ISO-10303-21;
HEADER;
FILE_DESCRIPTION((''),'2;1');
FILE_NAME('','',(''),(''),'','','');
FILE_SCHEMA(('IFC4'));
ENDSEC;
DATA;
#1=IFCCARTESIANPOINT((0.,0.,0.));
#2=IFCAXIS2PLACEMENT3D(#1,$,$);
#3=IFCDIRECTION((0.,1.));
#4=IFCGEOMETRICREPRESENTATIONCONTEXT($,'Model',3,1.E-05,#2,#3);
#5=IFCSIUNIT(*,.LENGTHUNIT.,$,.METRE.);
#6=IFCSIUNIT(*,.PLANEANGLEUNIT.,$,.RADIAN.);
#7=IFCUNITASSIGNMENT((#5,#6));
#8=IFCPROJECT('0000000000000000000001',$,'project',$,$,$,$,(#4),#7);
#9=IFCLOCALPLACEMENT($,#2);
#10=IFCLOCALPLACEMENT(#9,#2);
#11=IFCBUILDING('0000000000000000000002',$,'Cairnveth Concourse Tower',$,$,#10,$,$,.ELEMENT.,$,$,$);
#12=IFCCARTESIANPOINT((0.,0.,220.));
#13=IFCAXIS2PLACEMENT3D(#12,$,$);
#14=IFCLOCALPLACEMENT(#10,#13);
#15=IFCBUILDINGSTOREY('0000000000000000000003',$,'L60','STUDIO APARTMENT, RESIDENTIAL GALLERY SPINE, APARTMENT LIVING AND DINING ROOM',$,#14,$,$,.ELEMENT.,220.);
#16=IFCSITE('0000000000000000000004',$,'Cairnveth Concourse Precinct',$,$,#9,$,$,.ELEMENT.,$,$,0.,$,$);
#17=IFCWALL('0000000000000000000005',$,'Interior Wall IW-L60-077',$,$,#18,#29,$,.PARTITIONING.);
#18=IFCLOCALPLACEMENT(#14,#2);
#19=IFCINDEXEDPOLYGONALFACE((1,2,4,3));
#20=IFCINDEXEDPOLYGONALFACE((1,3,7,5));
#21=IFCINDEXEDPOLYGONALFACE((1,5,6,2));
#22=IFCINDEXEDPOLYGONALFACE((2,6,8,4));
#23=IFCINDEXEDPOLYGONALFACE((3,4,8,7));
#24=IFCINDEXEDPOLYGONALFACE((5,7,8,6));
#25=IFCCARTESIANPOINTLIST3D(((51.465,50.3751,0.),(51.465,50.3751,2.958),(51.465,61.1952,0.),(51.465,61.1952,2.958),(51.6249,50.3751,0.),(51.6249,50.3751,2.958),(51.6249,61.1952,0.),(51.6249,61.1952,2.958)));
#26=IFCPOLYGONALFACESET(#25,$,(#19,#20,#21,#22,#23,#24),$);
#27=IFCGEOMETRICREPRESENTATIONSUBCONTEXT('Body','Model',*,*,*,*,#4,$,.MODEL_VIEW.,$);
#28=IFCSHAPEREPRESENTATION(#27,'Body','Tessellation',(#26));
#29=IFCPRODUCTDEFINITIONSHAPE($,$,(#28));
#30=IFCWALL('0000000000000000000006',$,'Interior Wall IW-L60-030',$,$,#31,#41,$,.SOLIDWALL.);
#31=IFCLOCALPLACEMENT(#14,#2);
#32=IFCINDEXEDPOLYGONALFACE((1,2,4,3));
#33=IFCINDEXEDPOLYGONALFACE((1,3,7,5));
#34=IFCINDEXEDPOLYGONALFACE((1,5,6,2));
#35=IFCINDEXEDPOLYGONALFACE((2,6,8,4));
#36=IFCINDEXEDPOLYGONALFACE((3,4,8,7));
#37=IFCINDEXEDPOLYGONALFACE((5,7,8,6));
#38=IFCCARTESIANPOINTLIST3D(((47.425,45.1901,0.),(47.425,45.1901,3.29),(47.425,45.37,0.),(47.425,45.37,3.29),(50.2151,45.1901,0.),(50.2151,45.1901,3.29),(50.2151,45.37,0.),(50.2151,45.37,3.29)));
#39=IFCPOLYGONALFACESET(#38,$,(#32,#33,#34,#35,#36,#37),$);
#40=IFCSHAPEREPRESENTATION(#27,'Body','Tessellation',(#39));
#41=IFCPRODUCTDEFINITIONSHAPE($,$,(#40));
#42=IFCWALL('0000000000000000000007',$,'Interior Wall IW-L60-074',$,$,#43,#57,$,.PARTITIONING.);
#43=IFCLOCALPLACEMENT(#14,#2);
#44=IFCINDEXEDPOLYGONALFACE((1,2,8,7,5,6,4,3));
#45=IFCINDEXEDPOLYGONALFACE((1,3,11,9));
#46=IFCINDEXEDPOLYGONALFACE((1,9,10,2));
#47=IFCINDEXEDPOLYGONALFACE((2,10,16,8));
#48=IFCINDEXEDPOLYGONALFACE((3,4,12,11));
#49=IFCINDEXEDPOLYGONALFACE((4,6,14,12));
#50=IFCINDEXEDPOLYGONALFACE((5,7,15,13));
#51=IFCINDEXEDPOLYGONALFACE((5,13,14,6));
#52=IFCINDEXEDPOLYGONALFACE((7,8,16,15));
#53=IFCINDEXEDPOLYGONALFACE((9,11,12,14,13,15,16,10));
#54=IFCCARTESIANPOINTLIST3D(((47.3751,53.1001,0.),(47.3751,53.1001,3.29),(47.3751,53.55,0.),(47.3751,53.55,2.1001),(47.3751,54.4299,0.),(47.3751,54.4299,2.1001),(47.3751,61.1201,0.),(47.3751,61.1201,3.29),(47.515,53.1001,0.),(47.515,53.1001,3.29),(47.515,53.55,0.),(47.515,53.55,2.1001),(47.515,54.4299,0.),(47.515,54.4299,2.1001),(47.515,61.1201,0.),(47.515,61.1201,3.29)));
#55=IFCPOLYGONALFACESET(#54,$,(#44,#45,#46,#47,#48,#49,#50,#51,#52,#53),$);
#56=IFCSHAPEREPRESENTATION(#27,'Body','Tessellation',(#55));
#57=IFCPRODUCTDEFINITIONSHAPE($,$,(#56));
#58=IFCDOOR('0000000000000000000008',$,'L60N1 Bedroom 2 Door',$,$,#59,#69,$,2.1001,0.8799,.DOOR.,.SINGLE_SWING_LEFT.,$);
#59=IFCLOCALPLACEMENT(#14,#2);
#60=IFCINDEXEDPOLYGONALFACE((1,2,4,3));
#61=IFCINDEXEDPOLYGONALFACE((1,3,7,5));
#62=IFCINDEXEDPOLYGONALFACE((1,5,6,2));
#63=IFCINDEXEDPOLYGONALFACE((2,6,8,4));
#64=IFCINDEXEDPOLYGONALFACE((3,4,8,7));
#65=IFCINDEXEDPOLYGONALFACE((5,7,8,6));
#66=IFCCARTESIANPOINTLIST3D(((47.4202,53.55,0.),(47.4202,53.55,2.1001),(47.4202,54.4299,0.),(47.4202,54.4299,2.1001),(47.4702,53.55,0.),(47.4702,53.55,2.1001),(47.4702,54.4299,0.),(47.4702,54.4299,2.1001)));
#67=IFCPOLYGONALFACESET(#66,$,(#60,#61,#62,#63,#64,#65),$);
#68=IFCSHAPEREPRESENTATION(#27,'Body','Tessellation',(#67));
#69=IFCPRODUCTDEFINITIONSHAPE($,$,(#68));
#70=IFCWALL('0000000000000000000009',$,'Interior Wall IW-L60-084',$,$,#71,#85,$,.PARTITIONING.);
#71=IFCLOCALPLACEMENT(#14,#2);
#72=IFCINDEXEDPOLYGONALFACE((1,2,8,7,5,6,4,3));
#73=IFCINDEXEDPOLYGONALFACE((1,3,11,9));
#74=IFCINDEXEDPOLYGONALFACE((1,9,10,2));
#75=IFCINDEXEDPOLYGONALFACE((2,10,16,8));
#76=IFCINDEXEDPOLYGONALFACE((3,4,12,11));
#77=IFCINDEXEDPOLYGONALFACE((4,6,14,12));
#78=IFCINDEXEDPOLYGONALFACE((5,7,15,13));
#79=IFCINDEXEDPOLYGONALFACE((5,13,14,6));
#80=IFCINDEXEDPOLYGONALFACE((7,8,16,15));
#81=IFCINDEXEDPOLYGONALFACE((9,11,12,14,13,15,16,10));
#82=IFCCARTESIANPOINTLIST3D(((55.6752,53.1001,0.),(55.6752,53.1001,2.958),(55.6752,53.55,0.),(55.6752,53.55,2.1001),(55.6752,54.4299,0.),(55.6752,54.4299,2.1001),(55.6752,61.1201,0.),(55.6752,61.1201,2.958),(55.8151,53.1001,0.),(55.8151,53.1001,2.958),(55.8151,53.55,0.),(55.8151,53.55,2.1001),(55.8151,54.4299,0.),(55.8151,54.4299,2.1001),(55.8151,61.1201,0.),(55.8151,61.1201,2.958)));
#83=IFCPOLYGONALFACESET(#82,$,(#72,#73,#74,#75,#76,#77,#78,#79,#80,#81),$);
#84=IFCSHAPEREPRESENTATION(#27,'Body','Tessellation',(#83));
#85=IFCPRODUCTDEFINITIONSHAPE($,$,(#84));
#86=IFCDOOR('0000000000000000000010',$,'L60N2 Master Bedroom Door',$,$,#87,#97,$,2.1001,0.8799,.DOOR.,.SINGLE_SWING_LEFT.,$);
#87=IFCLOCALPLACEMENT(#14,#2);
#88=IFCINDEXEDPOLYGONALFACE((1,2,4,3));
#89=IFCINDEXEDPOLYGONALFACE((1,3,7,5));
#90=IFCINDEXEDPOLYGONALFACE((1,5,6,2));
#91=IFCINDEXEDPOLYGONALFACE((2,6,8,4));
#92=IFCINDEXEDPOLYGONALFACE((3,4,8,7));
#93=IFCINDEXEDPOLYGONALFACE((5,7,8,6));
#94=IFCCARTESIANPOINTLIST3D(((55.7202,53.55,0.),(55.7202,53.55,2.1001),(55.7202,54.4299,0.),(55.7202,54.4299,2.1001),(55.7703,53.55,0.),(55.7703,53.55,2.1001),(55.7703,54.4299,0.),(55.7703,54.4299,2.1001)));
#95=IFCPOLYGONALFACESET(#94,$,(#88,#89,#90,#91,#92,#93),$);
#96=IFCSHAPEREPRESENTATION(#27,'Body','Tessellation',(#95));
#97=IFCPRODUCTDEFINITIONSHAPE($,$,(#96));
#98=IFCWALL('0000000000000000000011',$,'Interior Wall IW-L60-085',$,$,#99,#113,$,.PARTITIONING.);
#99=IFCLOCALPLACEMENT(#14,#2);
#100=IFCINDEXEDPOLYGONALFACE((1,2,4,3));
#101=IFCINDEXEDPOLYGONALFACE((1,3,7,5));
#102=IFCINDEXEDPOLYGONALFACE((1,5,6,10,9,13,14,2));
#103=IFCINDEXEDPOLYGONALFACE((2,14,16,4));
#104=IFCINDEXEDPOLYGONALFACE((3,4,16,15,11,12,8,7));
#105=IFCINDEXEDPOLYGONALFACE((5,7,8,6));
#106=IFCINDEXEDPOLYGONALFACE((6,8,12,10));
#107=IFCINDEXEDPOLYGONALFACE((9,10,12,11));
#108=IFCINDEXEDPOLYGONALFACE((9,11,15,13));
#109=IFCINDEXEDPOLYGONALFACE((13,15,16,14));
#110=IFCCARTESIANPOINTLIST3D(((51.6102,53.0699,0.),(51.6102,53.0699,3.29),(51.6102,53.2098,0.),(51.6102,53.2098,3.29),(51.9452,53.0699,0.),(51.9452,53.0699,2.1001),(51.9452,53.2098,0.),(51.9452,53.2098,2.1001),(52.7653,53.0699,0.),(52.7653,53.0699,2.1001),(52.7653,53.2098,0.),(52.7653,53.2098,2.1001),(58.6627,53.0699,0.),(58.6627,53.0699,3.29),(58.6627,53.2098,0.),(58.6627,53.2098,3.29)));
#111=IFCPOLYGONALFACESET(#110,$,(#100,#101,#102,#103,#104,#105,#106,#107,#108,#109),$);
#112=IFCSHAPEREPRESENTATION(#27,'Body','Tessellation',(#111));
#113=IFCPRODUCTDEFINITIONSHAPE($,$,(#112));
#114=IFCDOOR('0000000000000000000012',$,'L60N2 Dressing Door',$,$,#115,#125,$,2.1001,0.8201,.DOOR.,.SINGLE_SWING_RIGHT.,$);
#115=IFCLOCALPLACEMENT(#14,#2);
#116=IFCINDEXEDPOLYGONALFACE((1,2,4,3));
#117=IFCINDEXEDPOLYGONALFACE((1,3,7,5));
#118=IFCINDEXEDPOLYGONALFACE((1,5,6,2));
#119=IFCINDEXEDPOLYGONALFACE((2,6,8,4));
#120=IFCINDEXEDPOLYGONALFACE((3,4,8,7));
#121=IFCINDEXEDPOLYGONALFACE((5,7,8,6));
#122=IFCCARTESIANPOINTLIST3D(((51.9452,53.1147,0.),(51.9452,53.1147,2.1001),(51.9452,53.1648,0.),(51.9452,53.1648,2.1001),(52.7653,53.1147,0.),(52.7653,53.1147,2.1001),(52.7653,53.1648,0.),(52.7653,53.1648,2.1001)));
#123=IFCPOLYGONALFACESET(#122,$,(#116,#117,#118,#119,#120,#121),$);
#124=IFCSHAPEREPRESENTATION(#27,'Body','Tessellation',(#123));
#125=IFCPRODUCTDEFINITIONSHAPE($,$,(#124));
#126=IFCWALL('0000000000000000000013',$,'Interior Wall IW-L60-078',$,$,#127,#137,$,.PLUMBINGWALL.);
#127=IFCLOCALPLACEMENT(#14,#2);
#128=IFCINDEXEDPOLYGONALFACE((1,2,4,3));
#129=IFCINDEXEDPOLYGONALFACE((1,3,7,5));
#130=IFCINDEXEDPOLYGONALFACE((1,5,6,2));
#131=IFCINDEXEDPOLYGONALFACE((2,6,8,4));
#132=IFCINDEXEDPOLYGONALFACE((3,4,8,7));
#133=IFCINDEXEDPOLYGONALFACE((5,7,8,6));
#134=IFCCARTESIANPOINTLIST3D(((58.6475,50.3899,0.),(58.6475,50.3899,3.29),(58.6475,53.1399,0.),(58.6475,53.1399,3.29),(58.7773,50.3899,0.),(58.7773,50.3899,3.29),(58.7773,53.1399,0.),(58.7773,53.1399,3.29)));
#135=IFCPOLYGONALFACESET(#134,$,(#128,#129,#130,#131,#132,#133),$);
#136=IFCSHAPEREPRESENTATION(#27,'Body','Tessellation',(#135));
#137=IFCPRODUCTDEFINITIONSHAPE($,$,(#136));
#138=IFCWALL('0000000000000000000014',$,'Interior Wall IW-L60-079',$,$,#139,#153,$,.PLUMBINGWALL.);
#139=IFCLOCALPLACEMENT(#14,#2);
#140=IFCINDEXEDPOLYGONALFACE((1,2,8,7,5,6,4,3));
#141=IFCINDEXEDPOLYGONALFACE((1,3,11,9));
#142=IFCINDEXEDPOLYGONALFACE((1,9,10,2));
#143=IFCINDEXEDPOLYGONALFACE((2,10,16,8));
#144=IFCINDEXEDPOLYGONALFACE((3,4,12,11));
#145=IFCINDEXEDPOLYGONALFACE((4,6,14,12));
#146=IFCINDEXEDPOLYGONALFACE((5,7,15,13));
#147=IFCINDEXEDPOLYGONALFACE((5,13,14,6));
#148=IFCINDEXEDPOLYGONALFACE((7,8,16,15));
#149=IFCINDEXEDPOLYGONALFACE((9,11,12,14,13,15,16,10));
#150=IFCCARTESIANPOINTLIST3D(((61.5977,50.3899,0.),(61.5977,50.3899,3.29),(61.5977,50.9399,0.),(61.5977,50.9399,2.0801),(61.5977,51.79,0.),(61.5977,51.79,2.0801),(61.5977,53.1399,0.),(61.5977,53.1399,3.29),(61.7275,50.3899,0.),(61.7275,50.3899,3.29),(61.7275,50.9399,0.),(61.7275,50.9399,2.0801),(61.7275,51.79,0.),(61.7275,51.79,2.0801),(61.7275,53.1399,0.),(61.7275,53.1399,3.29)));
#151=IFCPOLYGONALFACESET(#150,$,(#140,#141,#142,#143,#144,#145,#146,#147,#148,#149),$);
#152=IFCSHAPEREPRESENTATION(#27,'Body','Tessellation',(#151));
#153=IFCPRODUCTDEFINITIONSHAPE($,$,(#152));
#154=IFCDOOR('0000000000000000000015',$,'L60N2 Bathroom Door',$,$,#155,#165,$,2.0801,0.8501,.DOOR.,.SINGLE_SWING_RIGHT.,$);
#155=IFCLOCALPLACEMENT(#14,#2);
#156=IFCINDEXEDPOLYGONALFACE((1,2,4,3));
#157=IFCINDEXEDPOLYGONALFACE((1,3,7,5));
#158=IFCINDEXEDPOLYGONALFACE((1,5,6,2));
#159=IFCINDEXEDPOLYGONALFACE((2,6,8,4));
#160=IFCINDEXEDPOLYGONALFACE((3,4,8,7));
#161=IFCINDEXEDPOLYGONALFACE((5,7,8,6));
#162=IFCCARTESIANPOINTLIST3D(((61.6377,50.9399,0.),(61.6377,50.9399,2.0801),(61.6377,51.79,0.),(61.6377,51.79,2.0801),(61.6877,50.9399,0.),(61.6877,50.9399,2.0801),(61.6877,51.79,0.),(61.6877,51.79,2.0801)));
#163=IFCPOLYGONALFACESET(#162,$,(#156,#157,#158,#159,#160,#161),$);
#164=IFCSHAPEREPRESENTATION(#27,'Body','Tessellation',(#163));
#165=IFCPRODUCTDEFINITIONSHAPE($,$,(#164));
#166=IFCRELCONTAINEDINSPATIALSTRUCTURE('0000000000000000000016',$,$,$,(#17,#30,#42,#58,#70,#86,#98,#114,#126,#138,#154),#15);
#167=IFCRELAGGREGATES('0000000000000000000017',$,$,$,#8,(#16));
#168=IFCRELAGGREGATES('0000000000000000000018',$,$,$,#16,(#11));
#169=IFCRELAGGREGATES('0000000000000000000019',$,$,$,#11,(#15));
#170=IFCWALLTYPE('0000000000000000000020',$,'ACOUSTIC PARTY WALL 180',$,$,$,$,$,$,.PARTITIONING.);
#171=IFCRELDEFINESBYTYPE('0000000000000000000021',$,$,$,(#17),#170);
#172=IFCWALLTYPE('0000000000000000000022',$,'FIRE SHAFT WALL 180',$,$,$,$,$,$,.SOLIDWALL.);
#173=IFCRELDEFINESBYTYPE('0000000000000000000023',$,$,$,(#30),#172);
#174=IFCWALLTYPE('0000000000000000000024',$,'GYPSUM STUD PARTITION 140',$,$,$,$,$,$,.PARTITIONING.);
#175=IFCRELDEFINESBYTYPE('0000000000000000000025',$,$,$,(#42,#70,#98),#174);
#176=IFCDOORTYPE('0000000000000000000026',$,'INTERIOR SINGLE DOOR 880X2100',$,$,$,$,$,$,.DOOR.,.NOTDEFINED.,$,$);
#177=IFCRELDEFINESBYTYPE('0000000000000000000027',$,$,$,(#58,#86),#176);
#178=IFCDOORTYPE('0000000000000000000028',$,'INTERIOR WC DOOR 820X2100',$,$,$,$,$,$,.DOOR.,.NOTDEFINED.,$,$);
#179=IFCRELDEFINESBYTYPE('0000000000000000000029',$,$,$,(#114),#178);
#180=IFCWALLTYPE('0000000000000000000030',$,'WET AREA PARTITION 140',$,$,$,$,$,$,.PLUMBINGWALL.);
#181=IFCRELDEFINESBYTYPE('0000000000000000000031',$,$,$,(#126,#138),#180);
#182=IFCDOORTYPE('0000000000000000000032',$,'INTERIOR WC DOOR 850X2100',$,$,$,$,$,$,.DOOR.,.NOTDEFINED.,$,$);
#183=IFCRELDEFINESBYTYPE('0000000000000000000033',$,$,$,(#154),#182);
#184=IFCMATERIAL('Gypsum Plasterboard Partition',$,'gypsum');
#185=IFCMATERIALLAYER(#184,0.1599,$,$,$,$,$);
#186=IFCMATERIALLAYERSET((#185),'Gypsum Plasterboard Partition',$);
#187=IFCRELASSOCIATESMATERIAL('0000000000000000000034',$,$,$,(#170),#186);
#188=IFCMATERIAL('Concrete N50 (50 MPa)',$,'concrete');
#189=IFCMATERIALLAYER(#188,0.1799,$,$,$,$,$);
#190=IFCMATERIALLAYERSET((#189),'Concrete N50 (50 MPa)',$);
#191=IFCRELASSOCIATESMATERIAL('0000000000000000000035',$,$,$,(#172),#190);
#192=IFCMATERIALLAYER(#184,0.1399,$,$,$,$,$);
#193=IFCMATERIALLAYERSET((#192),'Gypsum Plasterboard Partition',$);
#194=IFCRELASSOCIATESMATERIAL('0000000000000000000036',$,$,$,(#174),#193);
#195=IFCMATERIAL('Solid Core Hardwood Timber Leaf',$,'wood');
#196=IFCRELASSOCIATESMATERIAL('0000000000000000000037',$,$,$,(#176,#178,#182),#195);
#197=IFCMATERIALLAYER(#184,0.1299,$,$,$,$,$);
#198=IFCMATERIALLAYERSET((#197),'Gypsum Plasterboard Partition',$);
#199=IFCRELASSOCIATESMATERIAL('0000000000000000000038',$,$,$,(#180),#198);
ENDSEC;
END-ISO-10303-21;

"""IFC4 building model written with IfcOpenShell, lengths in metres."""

from ifc_helpers import new_model, si_unit, direction, frame, frame_2d, origin, place, context, subcontext, project, spatial, rectangle, extrude, material, layer, layer_set, type_object, element, fill, save


model = new_model("IFC4")

# Units and contexts
model_context = context("Model", 3, precision=1e-05, world=origin(), true_north=direction((0.0, 1.0)))
body_context = subcontext(model_context, "Body", "Model", "MODEL_VIEW")
ifc_project = project(units=[si_unit("LENGTHUNIT", "METRE"), si_unit("PLANEANGLEUNIT", "RADIAN")], contexts=[model_context])

# Site, building, storey
site_placement = place(None, origin())
site = spatial("IfcSite", under=ifc_project, at=site_placement, Name="Cairnveth Concourse Precinct", CompositionType="ELEMENT", RefElevation=0.0)
building_placement = place(site_placement, origin())
building = spatial("IfcBuilding", under=site, at=building_placement, Name="Cairnveth Concourse Tower", CompositionType="ELEMENT")
storey_placement = place(building_placement, frame((0.0, 0.0, 220.0)))
storey = spatial("IfcBuildingStorey", under=building, at=storey_placement, Name="L60", Description="STUDIO APARTMENT, RESIDENTIAL GALLERY SPINE, APARTMENT LIVING AND DINING ROOM", CompositionType="ELEMENT", Elevation=220.0)

# Walls
ifc_material_1 = material(Name="Gypsum Plasterboard Partition", Category="gypsum")
ifc_layer_1 = layer(ifc_material_1, 0.1599)
ifc_layer_set_1 = layer_set([ifc_layer_1], Name="Gypsum Plasterboard Partition")
wall_type_1 = type_object("IfcWallType", Name="ACOUSTIC PARTY WALL 180", PredefinedType="PARTITIONING", material=ifc_layer_set_1)
wall_1_placement = place(storey_placement, frame((51.5449, 50.375, 0.0), z_axis=(0.0, 0.0, 1.0), x_axis=(0.0, 1.0, 0.0)))
element("IfcWall", 1, at=wall_1_placement, inside=storey, type_object=wall_type_1, Name="Interior Wall IW-L60-077", PredefinedType="PARTITIONING", context=body_context, shape_type="SweptSolid", body=[
    extrude(rectangle(XDim=10.8201, YDim=0.1599, at=frame_2d((5.4102, 0.0))), origin(), (0.0, 0.0, 1.0), 2.958),
])
ifc_material_2 = material(Name="Concrete N50 (50 MPa)", Category="concrete")
ifc_layer_2 = layer(ifc_material_2, 0.1799)
ifc_layer_set_2 = layer_set([ifc_layer_2], Name="Concrete N50 (50 MPa)")
wall_type_2 = type_object("IfcWallType", Name="FIRE SHAFT WALL 180", PredefinedType="SOLIDWALL", material=ifc_layer_set_2)
wall_2_placement = place(storey_placement, frame((47.425, 45.28, 0.0), z_axis=(0.0, 0.0, 1.0), x_axis=(1.0, 0.0, 0.0)))
element("IfcWall", 2, at=wall_2_placement, inside=storey, type_object=wall_type_2, Name="Interior Wall IW-L60-030", PredefinedType="SOLIDWALL", context=body_context, shape_type="SweptSolid", body=[
    extrude(rectangle(XDim=2.79, YDim=0.1799, at=frame_2d((1.395, 0.0))), origin(), (0.0, 0.0, 1.0), 3.29),
])

# Walls, openings, doors
ifc_layer_3 = layer(ifc_material_1, 0.1399)
ifc_layer_set_3 = layer_set([ifc_layer_3], Name="Gypsum Plasterboard Partition")
wall_type_3 = type_object("IfcWallType", Name="GYPSUM STUD PARTITION 140", PredefinedType="PARTITIONING", material=ifc_layer_set_3)
wall_3_placement = place(storey_placement, frame((47.4451, 53.1001, 0.0), z_axis=(0.0, 0.0, 1.0), x_axis=(0.0, 1.0, 0.0)))
wall_3 = element("IfcWall", 3, at=wall_3_placement, inside=storey, type_object=wall_type_3, Name="Interior Wall IW-L60-074", PredefinedType="PARTITIONING", context=body_context, shape_type="SweptSolid", body=[
    extrude(rectangle(XDim=8.02, YDim=0.1399, at=frame_2d((4.01, 0.0))), origin(), (0.0, 0.0, 1.0), 3.29),
])
opening_1_placement = place(wall_3_placement, frame((0.45, 0.0, 0.0)))
opening_1 = element("IfcOpeningElement", 4, at=opening_1_placement, cuts=wall_3, PredefinedType="OPENING", context=body_context, shape_type="SweptSolid", body=[
    extrude(rectangle(XDim=0.8799, YDim=2.1001, at=frame_2d((0.4399, 1.05))), frame((0.0, 0.0798, 0.0), z_axis=(0.0, -1.0, 0.0), x_axis=(1.0, 0.0, 0.0)), (0.0, 0.0, 1.0), 0.1599),
])
ifc_material_3 = material(Name="Solid Core Hardwood Timber Leaf", Category="wood")
door_type_1 = type_object("IfcDoorType", Name="INTERIOR SINGLE DOOR 880X2100", OperationType="NOTDEFINED", PredefinedType="DOOR", material=ifc_material_3)
door_1_placement = place(opening_1_placement, origin())
door_1 = element("IfcDoor", 5, at=door_1_placement, inside=storey, type_object=door_type_1, Name="L60N1 Bedroom 2 Door", OperationType="SINGLE_SWING_LEFT", OverallHeight=2.1001, OverallWidth=0.8799, PredefinedType="DOOR", context=body_context, shape_type="SweptSolid", body=[
    extrude(rectangle(XDim=0.8799, YDim=2.1001, at=frame_2d((0.4399, 1.05))), frame((0.0, 0.0249, 0.0), z_axis=(0.0, -1.0, 0.0), x_axis=(1.0, 0.0, 0.0)), (0.0, 0.0, 1.0), 0.05),
])
fill(opening_1, door_1)
wall_4_placement = place(storey_placement, frame((55.7451, 53.1001, 0.0), z_axis=(0.0, 0.0, 1.0), x_axis=(0.0, 1.0, 0.0)))
wall_4 = element("IfcWall", 6, at=wall_4_placement, inside=storey, type_object=wall_type_3, Name="Interior Wall IW-L60-084", PredefinedType="PARTITIONING", context=body_context, shape_type="SweptSolid", body=[
    extrude(rectangle(XDim=8.02, YDim=0.1399, at=frame_2d((4.01, 0.0))), origin(), (0.0, 0.0, 1.0), 2.958),
])
opening_2_placement = place(wall_4_placement, frame((0.45, 0.0, 0.0)))
opening_2 = element("IfcOpeningElement", 7, at=opening_2_placement, cuts=wall_4, PredefinedType="OPENING", context=body_context, shape_type="SweptSolid", body=[
    extrude(rectangle(XDim=0.8799, YDim=2.1001, at=frame_2d((0.4399, 1.05))), frame((0.0, 0.0798, 0.0), z_axis=(0.0, -1.0, 0.0), x_axis=(1.0, 0.0, 0.0)), (0.0, 0.0, 1.0), 0.1599),
])
door_2_placement = place(opening_2_placement, origin())
door_2 = element("IfcDoor", 8, at=door_2_placement, inside=storey, type_object=door_type_1, Name="L60N2 Master Bedroom Door", OperationType="SINGLE_SWING_LEFT", OverallHeight=2.1001, OverallWidth=0.8799, PredefinedType="DOOR", context=body_context, shape_type="SweptSolid", body=[
    extrude(rectangle(XDim=0.8799, YDim=2.1001, at=frame_2d((0.4399, 1.05))), frame((0.0, 0.0249, 0.0), z_axis=(0.0, -1.0, 0.0), x_axis=(1.0, 0.0, 0.0)), (0.0, 0.0, 1.0), 0.05),
])
fill(opening_2, door_2)
wall_5_placement = place(storey_placement, frame((51.6101, 53.1399, 0.0), z_axis=(0.0, 0.0, 1.0), x_axis=(1.0, 0.0, 0.0)))
wall_5 = element("IfcWall", 9, at=wall_5_placement, inside=storey, type_object=wall_type_3, Name="Interior Wall IW-L60-085", PredefinedType="PARTITIONING", context=body_context, shape_type="SweptSolid", body=[
    extrude(rectangle(XDim=7.0525, YDim=0.1399, at=frame_2d((3.5264, 0.0))), origin(), (0.0, 0.0, 1.0), 3.29),
])
opening_3_placement = place(wall_5_placement, frame((0.335, 0.0, 0.0)))
opening_3 = element("IfcOpeningElement", 10, at=opening_3_placement, cuts=wall_5, PredefinedType="OPENING", context=body_context, shape_type="SweptSolid", body=[
    extrude(rectangle(XDim=0.8201, YDim=2.1001, at=frame_2d((0.4102, 1.05))), frame((0.0, 0.0798, 0.0), z_axis=(0.0, -1.0, 0.0), x_axis=(1.0, 0.0, 0.0)), (0.0, 0.0, 1.0), 0.1599),
])
door_type_2 = type_object("IfcDoorType", Name="INTERIOR WC DOOR 820X2100", OperationType="NOTDEFINED", PredefinedType="DOOR", material=ifc_material_3)
door_3_placement = place(opening_3_placement, origin())
door_3 = element("IfcDoor", 11, at=door_3_placement, inside=storey, type_object=door_type_2, Name="L60N2 Dressing Door", OperationType="SINGLE_SWING_RIGHT", OverallHeight=2.1001, OverallWidth=0.8201, PredefinedType="DOOR", context=body_context, shape_type="SweptSolid", body=[
    extrude(rectangle(XDim=0.8201, YDim=2.1001, at=frame_2d((0.4102, 1.05))), frame((0.0, 0.0249, 0.0), z_axis=(0.0, -1.0, 0.0), x_axis=(1.0, 0.0, 0.0)), (0.0, 0.0, 1.0), 0.05),
])
fill(opening_3, door_3)

# Wall
ifc_layer_4 = layer(ifc_material_1, 0.1299)
ifc_layer_set_4 = layer_set([ifc_layer_4], Name="Gypsum Plasterboard Partition")
wall_type_4 = type_object("IfcWallType", Name="WET AREA PARTITION 140", PredefinedType="PLUMBINGWALL", material=ifc_layer_set_4)
wall_6_placement = place(storey_placement, frame((58.7124, 50.3899, 0.0), z_axis=(0.0, 0.0, 1.0), x_axis=(0.0, 1.0, 0.0)))
element("IfcWall", 12, at=wall_6_placement, inside=storey, type_object=wall_type_4, Name="Interior Wall IW-L60-078", PredefinedType="PLUMBINGWALL", context=body_context, shape_type="SweptSolid", body=[
    extrude(rectangle(XDim=2.75, YDim=0.1299, at=frame_2d((1.375, 0.0))), origin(), (0.0, 0.0, 1.0), 3.29),
])

# Wall, opening, door
wall_7_placement = place(storey_placement, frame((61.6626, 50.3899, 0.0), z_axis=(0.0, 0.0, 1.0), x_axis=(0.0, 1.0, 0.0)))
wall_7 = element("IfcWall", 13, at=wall_7_placement, inside=storey, type_object=wall_type_4, Name="Interior Wall IW-L60-079", PredefinedType="PLUMBINGWALL", context=body_context, shape_type="SweptSolid", body=[
    extrude(rectangle(XDim=2.75, YDim=0.1299, at=frame_2d((1.375, 0.0))), origin(), (0.0, 0.0, 1.0), 3.29),
])
opening_4_placement = place(wall_7_placement, frame((0.55, 0.0, 0.0)))
opening_4 = element("IfcOpeningElement", 14, at=opening_4_placement, cuts=wall_7, PredefinedType="OPENING", context=body_context, shape_type="SweptSolid", body=[
    extrude(rectangle(XDim=0.8501, YDim=2.0801, at=frame_2d((0.425, 1.04))), frame((0.0, 0.075, 0.0), z_axis=(0.0, -1.0, 0.0), x_axis=(1.0, 0.0, 0.0)), (0.0, 0.0, 1.0), 0.1499),
])
door_type_3 = type_object("IfcDoorType", Name="INTERIOR WC DOOR 850X2100", OperationType="NOTDEFINED", PredefinedType="DOOR", material=ifc_material_3)
door_4_placement = place(opening_4_placement, origin())
door_4 = element("IfcDoor", 15, at=door_4_placement, inside=storey, type_object=door_type_3, Name="L60N2 Bathroom Door", OperationType="SINGLE_SWING_RIGHT", OverallHeight=2.0801, OverallWidth=0.8501, PredefinedType="DOOR", context=body_context, shape_type="SweptSolid", body=[
    extrude(rectangle(XDim=0.8501, YDim=2.0801, at=frame_2d((0.425, 1.04))), frame((0.0, 0.0249, 0.0), z_axis=(0.0, -1.0, 0.0), x_axis=(1.0, 0.0, 0.0)), (0.0, 0.0, 1.0), 0.05),
])
fill(opening_4, door_4)

save(model, "model.ifc")
